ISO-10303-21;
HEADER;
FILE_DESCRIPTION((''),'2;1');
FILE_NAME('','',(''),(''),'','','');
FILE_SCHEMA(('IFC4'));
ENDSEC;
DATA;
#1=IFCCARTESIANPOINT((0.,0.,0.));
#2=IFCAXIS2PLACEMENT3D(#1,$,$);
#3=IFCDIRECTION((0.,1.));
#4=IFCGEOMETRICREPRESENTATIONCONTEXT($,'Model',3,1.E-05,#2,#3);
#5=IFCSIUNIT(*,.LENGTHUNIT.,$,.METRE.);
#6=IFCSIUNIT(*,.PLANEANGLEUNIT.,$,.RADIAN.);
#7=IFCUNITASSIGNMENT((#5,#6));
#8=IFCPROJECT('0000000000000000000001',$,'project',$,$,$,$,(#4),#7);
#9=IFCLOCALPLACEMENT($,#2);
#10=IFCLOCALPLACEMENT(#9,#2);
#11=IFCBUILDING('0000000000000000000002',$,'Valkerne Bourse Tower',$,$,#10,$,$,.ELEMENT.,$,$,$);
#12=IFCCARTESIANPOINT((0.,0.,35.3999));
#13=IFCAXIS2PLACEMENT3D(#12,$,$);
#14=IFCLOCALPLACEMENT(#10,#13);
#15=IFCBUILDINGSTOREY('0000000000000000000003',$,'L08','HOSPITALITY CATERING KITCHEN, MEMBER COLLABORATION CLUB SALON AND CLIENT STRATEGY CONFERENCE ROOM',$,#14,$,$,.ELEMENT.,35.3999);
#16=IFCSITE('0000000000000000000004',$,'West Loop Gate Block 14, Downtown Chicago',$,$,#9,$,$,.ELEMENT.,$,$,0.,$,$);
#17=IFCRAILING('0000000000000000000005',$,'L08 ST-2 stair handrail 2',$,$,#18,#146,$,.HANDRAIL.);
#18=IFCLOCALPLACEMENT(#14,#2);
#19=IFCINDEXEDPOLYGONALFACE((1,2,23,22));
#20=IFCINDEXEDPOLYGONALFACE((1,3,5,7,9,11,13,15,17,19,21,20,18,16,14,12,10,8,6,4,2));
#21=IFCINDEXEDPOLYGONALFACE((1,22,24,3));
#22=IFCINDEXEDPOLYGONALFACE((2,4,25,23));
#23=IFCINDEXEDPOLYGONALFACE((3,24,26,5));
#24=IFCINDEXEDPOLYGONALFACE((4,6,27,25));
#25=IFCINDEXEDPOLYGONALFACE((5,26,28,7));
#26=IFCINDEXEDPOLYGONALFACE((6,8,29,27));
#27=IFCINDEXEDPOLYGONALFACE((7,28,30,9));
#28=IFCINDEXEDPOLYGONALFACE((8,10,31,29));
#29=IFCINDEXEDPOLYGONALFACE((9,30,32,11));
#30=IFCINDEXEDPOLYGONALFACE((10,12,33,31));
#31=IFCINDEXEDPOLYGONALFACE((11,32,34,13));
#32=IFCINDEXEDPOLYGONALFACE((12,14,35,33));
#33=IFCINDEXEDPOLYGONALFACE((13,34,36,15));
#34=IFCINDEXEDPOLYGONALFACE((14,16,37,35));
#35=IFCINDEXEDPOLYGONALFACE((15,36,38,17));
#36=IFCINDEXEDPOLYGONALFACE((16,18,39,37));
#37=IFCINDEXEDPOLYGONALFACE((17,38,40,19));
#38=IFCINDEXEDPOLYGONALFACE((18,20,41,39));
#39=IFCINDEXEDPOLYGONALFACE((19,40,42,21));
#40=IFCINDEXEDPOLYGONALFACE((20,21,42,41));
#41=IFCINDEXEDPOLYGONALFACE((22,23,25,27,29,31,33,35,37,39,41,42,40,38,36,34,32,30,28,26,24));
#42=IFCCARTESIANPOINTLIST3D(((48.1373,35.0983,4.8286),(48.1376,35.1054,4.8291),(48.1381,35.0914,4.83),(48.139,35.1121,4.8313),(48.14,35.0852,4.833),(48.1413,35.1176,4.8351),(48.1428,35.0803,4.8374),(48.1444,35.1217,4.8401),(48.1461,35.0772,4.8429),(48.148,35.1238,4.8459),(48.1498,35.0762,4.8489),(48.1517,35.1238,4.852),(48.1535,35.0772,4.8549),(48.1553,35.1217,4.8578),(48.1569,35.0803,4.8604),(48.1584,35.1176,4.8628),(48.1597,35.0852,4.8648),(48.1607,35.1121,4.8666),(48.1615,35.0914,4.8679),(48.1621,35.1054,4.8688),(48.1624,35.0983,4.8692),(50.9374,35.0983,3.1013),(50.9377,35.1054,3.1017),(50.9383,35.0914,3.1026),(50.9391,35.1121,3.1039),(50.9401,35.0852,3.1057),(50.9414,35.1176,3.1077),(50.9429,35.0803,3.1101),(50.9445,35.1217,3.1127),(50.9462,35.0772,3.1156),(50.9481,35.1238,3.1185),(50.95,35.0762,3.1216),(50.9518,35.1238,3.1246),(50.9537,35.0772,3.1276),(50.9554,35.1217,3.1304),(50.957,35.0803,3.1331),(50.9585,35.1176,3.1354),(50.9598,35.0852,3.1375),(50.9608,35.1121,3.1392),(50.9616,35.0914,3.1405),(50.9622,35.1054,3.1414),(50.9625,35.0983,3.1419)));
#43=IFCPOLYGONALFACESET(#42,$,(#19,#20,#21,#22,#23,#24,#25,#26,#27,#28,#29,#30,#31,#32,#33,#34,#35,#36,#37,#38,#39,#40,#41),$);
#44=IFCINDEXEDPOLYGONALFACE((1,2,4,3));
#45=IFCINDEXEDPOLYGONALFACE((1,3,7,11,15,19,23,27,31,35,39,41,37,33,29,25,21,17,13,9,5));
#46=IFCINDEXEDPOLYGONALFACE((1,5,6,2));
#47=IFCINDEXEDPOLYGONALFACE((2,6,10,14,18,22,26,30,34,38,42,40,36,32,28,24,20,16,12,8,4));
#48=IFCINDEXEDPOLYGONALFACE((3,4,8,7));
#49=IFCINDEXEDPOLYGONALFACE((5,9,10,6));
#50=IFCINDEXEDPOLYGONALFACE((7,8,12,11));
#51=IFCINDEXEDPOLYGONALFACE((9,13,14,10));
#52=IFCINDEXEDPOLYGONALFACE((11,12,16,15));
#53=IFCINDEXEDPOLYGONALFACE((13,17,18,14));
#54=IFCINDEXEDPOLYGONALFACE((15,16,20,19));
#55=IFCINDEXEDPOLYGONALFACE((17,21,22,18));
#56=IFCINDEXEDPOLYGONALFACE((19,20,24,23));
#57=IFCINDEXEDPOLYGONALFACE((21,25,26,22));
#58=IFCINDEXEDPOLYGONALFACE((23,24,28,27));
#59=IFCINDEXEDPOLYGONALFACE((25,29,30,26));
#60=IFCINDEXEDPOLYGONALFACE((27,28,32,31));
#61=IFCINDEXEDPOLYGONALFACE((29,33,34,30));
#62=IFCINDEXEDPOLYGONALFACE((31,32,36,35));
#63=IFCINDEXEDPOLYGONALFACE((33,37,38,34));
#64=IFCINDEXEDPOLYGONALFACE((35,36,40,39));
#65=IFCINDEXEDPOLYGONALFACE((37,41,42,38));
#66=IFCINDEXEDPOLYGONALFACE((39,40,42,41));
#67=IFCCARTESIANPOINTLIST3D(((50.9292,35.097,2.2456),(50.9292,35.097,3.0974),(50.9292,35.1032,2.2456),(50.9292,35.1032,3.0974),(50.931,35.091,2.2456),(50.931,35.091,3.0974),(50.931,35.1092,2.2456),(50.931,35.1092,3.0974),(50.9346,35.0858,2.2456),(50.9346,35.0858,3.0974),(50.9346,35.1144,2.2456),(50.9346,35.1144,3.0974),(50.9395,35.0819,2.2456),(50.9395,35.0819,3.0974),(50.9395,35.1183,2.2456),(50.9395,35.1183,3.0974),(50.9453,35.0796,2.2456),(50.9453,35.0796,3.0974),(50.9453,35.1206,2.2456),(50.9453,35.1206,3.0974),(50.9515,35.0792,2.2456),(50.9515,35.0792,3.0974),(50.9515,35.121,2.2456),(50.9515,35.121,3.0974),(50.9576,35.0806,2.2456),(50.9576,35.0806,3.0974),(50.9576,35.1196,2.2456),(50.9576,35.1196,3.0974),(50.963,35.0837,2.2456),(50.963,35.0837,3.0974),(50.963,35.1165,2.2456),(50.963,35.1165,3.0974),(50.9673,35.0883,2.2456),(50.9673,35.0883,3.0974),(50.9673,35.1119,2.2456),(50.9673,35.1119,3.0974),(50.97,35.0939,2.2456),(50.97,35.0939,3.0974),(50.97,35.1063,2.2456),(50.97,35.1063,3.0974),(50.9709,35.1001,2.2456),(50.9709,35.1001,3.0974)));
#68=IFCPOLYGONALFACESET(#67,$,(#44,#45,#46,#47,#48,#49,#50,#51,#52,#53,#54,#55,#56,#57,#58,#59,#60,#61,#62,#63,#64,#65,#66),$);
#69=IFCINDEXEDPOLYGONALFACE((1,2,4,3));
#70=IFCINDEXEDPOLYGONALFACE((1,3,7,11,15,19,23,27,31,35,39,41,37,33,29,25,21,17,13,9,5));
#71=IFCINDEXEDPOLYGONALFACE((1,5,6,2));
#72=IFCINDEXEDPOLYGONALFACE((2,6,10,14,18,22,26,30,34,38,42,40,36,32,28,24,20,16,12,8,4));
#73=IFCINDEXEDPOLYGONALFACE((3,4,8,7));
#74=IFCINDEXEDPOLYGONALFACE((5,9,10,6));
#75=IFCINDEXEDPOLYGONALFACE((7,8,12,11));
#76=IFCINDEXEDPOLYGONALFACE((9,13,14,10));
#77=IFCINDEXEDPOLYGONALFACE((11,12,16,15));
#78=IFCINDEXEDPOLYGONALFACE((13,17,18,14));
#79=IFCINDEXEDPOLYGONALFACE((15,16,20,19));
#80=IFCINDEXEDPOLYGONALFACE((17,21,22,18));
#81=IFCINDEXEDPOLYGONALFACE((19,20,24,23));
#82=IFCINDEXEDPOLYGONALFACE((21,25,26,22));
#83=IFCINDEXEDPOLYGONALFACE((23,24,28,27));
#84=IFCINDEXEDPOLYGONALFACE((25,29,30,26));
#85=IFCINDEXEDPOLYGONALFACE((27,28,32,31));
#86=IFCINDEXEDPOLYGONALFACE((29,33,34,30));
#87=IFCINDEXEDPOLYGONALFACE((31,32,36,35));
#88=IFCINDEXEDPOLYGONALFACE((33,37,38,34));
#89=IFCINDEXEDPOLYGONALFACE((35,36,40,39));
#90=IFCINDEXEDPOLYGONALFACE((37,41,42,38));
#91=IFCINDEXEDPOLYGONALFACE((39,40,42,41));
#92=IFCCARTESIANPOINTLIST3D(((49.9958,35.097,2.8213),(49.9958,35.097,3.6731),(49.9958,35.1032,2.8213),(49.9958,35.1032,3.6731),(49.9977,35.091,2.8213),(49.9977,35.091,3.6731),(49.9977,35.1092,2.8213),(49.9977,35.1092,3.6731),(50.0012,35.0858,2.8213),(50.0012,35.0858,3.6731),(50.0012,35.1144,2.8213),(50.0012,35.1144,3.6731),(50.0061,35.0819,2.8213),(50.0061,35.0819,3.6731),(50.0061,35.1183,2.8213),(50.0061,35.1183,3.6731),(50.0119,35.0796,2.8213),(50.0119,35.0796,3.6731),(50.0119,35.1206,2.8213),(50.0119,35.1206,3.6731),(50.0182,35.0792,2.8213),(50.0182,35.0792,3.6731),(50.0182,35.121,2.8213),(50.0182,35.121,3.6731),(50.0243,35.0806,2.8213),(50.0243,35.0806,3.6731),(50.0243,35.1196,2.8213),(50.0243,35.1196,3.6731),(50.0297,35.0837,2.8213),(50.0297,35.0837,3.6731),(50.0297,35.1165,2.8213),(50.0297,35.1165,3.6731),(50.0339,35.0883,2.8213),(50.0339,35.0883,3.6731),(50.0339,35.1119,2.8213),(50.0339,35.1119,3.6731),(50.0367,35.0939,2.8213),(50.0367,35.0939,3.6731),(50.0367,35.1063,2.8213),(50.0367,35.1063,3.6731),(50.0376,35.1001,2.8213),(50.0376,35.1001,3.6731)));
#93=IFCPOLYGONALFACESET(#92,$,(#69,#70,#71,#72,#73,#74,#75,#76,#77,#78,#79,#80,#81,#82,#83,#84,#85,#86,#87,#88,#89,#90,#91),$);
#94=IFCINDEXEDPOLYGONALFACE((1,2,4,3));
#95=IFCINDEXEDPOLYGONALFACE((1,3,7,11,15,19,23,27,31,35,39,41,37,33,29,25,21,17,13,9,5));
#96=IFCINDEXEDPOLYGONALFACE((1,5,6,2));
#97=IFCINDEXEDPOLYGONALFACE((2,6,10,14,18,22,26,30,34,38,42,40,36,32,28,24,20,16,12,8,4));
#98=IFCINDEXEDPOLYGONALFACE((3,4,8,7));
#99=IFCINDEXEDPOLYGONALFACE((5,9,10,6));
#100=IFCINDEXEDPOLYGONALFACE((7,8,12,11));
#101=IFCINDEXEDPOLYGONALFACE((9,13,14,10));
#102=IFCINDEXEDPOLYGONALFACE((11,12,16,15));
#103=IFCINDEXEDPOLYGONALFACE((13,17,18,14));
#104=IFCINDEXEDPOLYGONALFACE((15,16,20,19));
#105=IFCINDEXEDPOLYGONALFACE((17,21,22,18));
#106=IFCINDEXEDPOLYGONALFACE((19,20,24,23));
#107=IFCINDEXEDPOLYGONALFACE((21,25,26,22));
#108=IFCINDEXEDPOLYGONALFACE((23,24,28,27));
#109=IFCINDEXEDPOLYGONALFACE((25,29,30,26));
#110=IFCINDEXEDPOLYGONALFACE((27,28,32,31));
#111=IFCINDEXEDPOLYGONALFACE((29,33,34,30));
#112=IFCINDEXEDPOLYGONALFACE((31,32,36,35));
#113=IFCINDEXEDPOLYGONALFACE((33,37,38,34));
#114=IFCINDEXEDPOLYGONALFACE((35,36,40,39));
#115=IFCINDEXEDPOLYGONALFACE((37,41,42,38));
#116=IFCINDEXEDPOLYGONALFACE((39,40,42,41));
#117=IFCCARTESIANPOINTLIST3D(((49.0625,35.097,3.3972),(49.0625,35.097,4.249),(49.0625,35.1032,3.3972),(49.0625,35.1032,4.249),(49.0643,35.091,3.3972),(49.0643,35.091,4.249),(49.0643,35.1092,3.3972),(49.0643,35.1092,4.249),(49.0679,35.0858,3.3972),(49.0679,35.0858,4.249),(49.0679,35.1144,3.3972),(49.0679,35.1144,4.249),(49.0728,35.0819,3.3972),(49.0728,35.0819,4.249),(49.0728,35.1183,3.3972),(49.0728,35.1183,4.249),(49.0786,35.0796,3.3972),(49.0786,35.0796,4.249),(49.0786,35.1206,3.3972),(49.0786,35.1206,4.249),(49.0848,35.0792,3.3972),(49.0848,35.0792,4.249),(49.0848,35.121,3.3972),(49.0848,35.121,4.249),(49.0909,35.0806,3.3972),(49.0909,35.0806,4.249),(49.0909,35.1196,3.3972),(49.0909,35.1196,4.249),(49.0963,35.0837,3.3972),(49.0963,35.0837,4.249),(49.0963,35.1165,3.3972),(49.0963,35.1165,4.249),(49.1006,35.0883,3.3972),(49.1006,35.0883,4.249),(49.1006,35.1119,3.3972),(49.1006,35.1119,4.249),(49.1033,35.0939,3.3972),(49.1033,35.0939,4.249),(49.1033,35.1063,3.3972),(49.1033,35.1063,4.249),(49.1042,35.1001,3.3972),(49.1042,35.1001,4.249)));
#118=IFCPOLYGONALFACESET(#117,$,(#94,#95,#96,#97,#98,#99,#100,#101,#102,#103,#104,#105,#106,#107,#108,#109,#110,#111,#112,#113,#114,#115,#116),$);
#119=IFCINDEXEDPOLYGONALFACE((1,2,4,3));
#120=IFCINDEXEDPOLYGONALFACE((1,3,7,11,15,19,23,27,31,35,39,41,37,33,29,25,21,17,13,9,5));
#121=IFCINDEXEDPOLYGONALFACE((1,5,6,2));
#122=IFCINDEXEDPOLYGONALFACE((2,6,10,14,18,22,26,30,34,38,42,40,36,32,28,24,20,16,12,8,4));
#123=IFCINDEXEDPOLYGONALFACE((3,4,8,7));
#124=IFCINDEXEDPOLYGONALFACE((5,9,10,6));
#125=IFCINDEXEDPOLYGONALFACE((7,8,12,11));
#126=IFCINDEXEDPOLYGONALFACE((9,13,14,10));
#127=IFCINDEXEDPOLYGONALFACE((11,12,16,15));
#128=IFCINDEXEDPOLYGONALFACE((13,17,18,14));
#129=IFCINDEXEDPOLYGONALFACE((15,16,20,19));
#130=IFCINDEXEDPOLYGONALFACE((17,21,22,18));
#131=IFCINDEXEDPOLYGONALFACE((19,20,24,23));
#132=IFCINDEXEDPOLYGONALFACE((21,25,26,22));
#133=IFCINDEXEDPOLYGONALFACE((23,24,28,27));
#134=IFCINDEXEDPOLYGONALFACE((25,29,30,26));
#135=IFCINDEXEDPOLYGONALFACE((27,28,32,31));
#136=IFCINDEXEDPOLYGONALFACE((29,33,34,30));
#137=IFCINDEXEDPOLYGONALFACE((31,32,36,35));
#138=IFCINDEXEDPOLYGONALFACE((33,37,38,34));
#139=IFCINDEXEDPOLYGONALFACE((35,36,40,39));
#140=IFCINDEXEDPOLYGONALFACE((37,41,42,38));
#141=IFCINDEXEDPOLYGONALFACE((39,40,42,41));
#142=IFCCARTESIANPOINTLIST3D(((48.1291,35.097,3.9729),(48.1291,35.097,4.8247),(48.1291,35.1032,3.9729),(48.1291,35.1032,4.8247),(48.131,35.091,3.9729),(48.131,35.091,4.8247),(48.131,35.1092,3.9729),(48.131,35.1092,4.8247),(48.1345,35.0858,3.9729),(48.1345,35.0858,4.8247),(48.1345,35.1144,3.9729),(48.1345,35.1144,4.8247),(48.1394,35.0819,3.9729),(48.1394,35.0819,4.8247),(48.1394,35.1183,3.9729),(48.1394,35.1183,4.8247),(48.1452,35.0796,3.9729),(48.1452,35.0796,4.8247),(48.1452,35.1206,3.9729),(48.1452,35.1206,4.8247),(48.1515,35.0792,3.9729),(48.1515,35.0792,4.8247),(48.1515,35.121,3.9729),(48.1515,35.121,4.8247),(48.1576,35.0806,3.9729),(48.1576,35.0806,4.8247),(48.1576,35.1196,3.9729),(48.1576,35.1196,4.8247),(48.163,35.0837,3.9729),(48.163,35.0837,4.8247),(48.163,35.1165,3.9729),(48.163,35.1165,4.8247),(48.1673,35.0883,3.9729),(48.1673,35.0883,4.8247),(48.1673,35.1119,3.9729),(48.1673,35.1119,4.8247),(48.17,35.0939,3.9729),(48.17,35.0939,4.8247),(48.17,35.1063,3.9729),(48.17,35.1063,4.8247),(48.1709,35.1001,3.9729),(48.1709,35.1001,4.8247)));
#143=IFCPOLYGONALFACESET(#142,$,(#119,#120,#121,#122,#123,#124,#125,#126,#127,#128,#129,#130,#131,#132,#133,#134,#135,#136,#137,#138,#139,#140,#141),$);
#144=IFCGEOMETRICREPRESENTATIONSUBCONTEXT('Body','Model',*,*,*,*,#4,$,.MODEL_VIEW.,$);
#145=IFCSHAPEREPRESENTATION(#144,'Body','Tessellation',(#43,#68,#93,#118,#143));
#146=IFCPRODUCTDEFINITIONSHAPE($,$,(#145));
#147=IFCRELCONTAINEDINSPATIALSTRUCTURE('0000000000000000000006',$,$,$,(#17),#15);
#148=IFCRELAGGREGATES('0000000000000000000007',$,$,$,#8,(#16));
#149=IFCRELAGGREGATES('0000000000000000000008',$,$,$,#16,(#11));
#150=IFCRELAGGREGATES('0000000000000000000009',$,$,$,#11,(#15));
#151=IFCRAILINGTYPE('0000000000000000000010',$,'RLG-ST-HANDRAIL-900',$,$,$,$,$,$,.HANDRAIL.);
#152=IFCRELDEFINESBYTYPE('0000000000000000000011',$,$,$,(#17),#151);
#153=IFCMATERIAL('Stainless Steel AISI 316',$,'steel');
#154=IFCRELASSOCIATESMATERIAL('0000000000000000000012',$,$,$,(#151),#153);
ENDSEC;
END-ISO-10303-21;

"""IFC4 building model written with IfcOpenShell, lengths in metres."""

from ifc_helpers import new_model, si_unit, direction, frame, origin, origin_2d, place, context, subcontext, project, spatial, circle, extrude, material, type_object, element, save


model = new_model("IFC4")

# Units and contexts
model_context = context("Model", 3, precision=1e-05, world=origin(), true_north=direction((0.0, 1.0)))
body_context = subcontext(model_context, "Body", "Model", "MODEL_VIEW")
ifc_project = project(units=[si_unit("LENGTHUNIT", "METRE"), si_unit("PLANEANGLEUNIT", "RADIAN")], contexts=[model_context])

# Site, building, storey
site_placement = place(None, origin())
site = spatial("IfcSite", under=ifc_project, at=site_placement, Name="West Loop Gate Block 14, Downtown Chicago", CompositionType="ELEMENT", RefElevation=0.0)
building_placement = place(site_placement, origin())
building = spatial("IfcBuilding", under=site, at=building_placement, Name="Valkerne Bourse Tower", CompositionType="ELEMENT")
storey_placement = place(building_placement, frame((0.0, 0.0, 35.3999)))
storey = spatial("IfcBuildingStorey", under=building, at=storey_placement, Name="L08", Description="HOSPITALITY CATERING KITCHEN, MEMBER COLLABORATION CLUB SALON AND CLIENT STRATEGY CONFERENCE ROOM", CompositionType="ELEMENT", Elevation=35.3999)

# Shared definitions
ifc_material_1 = material(Name="Stainless Steel AISI 316", Category="steel")

# Railing
railing_type_1 = type_object("IfcRailingType", Name="RLG-ST-HANDRAIL-900", PredefinedType="HANDRAIL", material=ifc_material_1)
railing_1_placement = place(storey_placement, frame((50.95, 35.1001, 2.2456)))
element("IfcRailing", 1, at=railing_1_placement, inside=storey, type_object=railing_type_1, Name="L08 ST-2 stair handrail 2", PredefinedType="HANDRAIL", context=body_context, shape_type="SweptSolid", body=[
    extrude(circle(Radius=0.0239, at=origin_2d()), frame((0.0, 0.0, 0.876), z_axis=(-0.85109, 0.0, 0.52502), x_axis=(0.0, -1.0, 0.0)), (0.0, 0.0, 1.0), 3.29),
    extrude(circle(Radius=0.021, at=origin_2d()), origin(), (0.0, 0.0, 1.0), 0.8518),
    extrude(circle(Radius=0.021, at=origin_2d()), frame((-0.9333, 0.0, 0.5757)), (0.0, 0.0, 1.0), 0.8518),
    extrude(circle(Radius=0.021, at=origin_2d()), frame((-1.8667, 0.0, 1.1516)), (0.0, 0.0, 1.0), 0.8518),
    extrude(circle(Radius=0.021, at=origin_2d()), frame((-2.8, 0.0, 1.7273)), (0.0, 0.0, 1.0), 0.8518),
])

save(model, "model.ifc")
